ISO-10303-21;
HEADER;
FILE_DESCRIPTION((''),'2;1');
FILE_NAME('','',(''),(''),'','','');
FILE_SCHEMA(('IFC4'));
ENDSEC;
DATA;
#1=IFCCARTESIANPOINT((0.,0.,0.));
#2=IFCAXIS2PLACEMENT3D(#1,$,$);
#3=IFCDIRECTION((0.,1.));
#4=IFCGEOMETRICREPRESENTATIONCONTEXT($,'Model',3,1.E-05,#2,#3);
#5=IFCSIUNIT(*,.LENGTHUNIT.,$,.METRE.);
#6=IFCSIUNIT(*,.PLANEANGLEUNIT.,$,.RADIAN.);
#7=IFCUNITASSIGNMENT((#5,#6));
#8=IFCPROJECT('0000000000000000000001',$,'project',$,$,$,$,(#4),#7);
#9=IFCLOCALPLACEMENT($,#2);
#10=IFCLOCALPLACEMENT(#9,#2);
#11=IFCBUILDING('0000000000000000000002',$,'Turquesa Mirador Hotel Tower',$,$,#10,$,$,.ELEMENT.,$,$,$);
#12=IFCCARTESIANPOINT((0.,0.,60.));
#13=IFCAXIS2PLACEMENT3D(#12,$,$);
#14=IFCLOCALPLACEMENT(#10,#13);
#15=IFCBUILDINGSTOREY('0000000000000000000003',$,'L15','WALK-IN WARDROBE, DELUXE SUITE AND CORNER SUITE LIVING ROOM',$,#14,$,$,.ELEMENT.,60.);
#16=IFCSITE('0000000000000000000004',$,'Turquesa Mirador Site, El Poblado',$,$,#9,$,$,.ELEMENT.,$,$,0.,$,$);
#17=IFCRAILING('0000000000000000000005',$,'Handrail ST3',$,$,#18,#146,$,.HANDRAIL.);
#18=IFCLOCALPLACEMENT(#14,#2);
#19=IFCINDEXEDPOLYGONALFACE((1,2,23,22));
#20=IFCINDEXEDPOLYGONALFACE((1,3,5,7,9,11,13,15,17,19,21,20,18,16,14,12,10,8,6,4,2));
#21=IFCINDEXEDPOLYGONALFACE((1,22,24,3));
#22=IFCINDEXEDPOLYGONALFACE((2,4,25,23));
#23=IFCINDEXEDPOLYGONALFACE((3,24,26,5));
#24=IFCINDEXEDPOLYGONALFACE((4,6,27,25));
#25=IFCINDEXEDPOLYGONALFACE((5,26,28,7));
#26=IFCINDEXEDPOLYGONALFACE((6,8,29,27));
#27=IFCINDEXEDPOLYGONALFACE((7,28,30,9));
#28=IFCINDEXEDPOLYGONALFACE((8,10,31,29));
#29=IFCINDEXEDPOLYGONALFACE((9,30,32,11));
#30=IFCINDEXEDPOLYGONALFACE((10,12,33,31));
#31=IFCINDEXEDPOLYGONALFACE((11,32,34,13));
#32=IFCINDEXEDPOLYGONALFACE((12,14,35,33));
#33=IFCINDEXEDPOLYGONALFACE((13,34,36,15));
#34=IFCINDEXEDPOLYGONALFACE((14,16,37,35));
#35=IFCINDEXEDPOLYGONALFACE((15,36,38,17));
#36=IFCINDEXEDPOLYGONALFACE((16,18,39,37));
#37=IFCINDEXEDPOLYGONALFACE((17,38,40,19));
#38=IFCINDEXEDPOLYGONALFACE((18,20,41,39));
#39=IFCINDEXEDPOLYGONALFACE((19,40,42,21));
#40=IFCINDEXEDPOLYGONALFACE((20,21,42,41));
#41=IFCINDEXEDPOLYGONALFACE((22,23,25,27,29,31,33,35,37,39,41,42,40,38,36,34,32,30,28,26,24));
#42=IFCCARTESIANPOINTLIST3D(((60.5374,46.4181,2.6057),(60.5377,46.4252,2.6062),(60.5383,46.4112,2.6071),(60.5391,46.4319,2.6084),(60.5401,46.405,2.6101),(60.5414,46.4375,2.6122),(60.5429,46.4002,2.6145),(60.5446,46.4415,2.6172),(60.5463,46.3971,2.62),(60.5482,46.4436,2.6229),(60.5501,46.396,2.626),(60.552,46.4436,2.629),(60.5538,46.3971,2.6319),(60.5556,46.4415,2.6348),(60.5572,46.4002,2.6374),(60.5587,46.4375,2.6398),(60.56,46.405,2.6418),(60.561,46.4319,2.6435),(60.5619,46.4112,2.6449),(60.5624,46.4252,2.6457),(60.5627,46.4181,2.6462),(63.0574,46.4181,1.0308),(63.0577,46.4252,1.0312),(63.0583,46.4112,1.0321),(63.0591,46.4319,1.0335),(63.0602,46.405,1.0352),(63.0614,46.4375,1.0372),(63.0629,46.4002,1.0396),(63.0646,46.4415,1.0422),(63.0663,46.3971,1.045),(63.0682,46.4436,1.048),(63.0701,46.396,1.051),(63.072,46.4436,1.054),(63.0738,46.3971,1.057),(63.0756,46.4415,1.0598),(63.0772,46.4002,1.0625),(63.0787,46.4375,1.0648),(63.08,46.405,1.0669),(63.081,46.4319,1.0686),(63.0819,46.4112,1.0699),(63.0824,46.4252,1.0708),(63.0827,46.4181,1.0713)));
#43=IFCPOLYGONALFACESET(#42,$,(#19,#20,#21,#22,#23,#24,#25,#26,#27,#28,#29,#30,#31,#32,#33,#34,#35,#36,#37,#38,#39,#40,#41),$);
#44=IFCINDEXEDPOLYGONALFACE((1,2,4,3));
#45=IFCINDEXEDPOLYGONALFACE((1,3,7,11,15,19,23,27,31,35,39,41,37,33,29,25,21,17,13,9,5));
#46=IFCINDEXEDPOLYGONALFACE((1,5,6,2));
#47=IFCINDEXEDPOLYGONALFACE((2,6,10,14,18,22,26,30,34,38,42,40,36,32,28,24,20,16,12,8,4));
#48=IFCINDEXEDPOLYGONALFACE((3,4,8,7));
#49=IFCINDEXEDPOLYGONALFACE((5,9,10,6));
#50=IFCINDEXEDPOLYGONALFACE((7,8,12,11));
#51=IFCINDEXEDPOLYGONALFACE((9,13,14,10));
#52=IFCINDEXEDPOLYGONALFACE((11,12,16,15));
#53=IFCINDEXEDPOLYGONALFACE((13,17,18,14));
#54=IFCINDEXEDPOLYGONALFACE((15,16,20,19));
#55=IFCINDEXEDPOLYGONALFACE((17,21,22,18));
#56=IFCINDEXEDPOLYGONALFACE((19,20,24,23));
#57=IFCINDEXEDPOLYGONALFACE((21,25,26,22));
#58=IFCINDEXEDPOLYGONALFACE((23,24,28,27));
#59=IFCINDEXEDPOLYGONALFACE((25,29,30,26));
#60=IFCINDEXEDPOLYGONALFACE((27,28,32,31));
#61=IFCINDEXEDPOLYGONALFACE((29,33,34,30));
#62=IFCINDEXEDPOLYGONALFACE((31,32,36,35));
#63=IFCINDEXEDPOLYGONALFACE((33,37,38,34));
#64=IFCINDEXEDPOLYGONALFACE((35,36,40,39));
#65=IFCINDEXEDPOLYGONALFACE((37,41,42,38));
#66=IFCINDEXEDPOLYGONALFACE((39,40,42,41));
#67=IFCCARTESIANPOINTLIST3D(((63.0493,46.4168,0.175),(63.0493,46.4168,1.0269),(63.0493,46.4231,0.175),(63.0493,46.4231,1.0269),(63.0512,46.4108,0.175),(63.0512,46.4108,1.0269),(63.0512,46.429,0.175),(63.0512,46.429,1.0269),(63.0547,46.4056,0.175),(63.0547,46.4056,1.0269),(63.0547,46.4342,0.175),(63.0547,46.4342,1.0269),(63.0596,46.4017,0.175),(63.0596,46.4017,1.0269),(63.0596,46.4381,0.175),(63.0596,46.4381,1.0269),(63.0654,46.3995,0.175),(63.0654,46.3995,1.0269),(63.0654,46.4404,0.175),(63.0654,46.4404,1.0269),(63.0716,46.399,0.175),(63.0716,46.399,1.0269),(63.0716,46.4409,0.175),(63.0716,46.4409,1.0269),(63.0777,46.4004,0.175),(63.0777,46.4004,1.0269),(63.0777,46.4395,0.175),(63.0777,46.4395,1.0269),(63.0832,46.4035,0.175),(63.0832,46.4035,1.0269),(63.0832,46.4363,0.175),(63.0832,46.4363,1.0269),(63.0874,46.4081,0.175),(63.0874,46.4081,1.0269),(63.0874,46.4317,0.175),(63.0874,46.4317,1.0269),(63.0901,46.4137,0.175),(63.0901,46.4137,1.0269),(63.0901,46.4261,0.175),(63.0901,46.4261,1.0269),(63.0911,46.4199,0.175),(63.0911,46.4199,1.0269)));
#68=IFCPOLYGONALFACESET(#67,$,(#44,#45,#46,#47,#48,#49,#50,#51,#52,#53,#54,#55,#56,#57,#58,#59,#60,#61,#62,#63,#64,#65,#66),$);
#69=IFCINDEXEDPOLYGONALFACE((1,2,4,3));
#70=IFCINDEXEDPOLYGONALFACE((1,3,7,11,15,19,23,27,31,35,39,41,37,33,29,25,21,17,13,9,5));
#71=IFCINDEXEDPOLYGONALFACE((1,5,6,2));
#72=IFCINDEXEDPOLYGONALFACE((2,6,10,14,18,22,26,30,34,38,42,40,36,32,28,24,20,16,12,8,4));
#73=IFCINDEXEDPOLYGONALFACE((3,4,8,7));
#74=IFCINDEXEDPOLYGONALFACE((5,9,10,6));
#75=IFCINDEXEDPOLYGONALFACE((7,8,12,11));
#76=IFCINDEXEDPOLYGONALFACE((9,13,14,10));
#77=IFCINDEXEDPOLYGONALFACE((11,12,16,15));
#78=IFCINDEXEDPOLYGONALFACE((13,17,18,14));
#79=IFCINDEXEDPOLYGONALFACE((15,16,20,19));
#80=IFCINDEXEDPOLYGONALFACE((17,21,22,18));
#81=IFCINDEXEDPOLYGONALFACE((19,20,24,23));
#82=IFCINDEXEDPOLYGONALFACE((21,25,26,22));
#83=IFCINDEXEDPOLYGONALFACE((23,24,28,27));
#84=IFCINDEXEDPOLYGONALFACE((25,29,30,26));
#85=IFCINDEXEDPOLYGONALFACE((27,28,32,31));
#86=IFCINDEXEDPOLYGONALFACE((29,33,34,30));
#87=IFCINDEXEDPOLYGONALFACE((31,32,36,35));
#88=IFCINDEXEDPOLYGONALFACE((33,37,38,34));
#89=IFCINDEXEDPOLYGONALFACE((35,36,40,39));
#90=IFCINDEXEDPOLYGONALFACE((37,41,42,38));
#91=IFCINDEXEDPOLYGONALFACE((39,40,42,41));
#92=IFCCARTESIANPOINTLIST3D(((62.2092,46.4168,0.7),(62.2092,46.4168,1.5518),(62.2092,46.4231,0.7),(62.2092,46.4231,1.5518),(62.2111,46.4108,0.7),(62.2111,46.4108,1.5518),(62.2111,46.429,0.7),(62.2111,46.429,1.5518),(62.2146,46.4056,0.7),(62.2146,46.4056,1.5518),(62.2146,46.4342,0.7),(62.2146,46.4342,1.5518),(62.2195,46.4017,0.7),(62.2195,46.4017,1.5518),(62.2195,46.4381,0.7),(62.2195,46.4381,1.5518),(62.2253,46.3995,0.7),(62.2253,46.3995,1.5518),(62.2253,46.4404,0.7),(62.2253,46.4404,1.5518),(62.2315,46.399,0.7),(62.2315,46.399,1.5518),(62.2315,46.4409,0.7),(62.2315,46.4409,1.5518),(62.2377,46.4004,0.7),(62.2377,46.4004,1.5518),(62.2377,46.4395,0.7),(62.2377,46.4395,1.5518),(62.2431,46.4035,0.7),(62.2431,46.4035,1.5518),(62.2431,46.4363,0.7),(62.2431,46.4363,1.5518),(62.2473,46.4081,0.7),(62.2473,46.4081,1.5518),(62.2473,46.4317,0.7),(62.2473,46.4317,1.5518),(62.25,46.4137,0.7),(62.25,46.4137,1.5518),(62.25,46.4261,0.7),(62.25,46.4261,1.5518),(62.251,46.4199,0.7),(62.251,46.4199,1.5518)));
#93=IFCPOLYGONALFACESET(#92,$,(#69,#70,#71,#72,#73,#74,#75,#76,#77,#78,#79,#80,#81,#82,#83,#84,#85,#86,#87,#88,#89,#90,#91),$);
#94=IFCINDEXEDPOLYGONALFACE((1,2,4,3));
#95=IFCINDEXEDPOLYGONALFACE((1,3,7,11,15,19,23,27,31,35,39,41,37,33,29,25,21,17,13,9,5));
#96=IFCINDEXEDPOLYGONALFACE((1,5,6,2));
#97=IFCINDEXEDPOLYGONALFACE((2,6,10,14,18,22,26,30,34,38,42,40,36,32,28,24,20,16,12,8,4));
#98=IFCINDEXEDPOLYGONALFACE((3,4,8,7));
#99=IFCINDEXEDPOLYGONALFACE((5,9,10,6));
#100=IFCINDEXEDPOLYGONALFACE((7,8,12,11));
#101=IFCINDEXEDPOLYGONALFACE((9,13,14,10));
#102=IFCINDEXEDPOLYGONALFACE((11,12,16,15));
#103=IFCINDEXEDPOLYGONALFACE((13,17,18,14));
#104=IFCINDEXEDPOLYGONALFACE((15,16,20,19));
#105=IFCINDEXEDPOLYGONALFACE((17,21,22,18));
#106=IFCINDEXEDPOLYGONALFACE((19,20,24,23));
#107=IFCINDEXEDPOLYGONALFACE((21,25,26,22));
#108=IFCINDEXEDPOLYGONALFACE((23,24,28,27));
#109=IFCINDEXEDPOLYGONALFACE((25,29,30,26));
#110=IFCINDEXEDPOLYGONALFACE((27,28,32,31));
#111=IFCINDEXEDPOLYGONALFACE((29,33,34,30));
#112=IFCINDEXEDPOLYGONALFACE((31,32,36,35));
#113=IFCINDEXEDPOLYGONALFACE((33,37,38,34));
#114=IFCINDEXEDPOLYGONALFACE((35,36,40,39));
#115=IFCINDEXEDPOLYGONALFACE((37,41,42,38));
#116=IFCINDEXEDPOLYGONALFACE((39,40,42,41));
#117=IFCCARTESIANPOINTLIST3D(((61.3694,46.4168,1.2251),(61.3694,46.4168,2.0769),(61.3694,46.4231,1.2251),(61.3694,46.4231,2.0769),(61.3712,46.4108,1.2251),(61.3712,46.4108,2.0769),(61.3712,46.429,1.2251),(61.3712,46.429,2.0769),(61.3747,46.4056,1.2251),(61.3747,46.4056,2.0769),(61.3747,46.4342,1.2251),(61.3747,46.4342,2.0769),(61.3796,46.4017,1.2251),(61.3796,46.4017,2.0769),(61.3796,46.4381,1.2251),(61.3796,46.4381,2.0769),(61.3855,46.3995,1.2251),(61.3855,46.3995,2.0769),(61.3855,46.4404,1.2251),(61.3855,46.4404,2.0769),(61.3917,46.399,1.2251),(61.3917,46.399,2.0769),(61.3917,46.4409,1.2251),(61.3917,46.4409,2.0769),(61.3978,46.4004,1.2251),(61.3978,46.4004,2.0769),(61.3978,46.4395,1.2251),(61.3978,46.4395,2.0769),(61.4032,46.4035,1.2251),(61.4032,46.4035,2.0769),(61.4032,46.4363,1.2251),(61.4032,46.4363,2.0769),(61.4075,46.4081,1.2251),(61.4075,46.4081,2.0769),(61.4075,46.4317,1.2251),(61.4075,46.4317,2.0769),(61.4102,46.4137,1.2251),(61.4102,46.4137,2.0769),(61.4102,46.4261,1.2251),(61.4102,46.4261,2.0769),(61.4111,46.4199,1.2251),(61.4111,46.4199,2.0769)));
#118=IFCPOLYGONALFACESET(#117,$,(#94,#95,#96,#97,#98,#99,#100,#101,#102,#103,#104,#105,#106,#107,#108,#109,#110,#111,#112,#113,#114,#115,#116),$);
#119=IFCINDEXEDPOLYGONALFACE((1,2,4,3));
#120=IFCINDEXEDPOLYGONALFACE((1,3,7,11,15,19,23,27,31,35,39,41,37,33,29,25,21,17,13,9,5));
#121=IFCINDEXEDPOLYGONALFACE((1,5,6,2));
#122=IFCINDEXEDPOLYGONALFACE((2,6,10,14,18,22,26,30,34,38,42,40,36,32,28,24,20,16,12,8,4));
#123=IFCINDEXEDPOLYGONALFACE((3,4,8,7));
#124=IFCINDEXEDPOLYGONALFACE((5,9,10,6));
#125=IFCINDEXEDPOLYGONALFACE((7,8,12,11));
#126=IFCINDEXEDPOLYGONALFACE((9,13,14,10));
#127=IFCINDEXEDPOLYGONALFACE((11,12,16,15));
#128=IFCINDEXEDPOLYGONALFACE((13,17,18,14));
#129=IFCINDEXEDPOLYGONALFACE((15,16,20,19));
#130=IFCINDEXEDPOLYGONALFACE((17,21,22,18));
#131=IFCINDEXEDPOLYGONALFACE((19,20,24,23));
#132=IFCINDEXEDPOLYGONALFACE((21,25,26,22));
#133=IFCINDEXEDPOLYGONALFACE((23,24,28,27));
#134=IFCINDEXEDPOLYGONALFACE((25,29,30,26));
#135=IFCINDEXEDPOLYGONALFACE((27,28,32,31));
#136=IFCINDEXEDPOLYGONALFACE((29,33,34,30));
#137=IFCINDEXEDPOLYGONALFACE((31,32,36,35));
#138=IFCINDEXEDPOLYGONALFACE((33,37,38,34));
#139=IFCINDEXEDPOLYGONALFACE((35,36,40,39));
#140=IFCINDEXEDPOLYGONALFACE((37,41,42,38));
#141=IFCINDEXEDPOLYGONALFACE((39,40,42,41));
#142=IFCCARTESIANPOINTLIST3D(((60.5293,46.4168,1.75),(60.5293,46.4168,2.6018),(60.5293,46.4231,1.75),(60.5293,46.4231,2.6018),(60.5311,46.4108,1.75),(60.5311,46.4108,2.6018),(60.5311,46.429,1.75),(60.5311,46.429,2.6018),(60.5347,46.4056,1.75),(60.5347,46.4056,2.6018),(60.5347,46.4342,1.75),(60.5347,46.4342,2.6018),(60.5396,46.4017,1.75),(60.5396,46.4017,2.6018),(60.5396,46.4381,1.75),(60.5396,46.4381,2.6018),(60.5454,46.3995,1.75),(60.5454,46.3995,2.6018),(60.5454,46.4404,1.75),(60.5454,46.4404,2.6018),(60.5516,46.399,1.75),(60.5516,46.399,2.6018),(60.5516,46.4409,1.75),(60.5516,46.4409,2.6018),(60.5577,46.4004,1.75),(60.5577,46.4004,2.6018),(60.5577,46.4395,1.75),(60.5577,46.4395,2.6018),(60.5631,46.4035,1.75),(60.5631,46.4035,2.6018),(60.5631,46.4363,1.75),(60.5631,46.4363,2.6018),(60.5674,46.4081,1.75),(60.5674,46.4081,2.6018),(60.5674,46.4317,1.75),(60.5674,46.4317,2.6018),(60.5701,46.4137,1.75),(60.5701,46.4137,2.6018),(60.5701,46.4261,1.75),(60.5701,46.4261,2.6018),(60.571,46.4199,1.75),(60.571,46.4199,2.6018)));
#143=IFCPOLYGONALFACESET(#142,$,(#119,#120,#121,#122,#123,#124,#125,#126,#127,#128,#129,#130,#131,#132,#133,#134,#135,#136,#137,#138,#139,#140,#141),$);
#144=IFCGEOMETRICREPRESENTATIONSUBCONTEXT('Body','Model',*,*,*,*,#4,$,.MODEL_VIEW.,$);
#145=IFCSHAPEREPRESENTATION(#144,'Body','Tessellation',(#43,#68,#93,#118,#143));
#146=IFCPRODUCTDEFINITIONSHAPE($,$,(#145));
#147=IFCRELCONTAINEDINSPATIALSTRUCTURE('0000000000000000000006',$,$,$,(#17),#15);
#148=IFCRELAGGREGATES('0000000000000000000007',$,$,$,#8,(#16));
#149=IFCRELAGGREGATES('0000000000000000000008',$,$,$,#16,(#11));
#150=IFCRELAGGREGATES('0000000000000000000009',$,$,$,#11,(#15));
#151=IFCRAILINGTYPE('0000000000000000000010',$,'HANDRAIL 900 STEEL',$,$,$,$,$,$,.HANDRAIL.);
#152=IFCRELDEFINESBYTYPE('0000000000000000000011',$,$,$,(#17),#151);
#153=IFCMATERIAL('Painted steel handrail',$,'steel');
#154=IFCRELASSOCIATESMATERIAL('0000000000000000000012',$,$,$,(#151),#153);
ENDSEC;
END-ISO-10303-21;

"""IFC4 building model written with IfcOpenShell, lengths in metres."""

from ifc_helpers import new_model, si_unit, direction, frame, origin, origin_2d, place, context, subcontext, project, spatial, circle, extrude, material, type_object, element, save


model = new_model("IFC4")

# Units and contexts
model_context = context("Model", 3, precision=1e-05, world=origin(), true_north=direction((0.0, 1.0)))
body_context = subcontext(model_context, "Body", "Model", "MODEL_VIEW")
ifc_project = project(units=[si_unit("LENGTHUNIT", "METRE"), si_unit("PLANEANGLEUNIT", "RADIAN")], contexts=[model_context])

# Site, building, storey
site_placement = place(None, origin())
site = spatial("IfcSite", under=ifc_project, at=site_placement, Name="Turquesa Mirador Site, El Poblado", CompositionType="ELEMENT", RefElevation=0.0)
building_placement = place(site_placement, origin())
building = spatial("IfcBuilding", under=site, at=building_placement, Name="Turquesa Mirador Hotel Tower", CompositionType="ELEMENT")
storey_placement = place(building_placement, frame((0.0, 0.0, 60.0)))
storey = spatial("IfcBuildingStorey", under=building, at=storey_placement, Name="L15", Description="WALK-IN WARDROBE, DELUXE SUITE AND CORNER SUITE LIVING ROOM", CompositionType="ELEMENT", Elevation=60.0)

# Railing
ifc_material_1 = material(Name="Painted steel handrail", Category="steel")
railing_type = type_object("IfcRailingType", Name="HANDRAIL 900 STEEL", PredefinedType="HANDRAIL", material=ifc_material_1)
railing_1_placement = place(storey_placement, frame((63.0701, 46.4199, 0.175)))
element("IfcRailing", 1, at=railing_1_placement, inside=storey, type_object=railing_type, Name="Handrail ST3", PredefinedType="HANDRAIL", context=body_context, shape_type="SweptSolid", body=[
    extrude(circle(Radius=0.0239, at=origin_2d()), frame((0.0, 0.0, 0.876), z_axis=(-0.848008, 0.0, 0.529984), x_axis=(0.0, -1.0, 0.0)), (0.0, 0.0, 1.0), 2.9717),
    extrude(circle(Radius=0.021, at=origin_2d()), origin(), (0.0, 0.0, 1.0), 0.8518),
    extrude(circle(Radius=0.021, at=origin_2d()), frame((-0.8401, 0.0, 0.5249)), (0.0, 0.0, 1.0), 0.8518),
    extrude(circle(Radius=0.021, at=origin_2d()), frame((-1.6799, 0.0, 1.05)), (0.0, 0.0, 1.0), 0.8518),
    extrude(circle(Radius=0.021, at=origin_2d()), frame((-2.52, 0.0, 1.575)), (0.0, 0.0, 1.0), 0.8518),
])

save(model, "model.ifc")
